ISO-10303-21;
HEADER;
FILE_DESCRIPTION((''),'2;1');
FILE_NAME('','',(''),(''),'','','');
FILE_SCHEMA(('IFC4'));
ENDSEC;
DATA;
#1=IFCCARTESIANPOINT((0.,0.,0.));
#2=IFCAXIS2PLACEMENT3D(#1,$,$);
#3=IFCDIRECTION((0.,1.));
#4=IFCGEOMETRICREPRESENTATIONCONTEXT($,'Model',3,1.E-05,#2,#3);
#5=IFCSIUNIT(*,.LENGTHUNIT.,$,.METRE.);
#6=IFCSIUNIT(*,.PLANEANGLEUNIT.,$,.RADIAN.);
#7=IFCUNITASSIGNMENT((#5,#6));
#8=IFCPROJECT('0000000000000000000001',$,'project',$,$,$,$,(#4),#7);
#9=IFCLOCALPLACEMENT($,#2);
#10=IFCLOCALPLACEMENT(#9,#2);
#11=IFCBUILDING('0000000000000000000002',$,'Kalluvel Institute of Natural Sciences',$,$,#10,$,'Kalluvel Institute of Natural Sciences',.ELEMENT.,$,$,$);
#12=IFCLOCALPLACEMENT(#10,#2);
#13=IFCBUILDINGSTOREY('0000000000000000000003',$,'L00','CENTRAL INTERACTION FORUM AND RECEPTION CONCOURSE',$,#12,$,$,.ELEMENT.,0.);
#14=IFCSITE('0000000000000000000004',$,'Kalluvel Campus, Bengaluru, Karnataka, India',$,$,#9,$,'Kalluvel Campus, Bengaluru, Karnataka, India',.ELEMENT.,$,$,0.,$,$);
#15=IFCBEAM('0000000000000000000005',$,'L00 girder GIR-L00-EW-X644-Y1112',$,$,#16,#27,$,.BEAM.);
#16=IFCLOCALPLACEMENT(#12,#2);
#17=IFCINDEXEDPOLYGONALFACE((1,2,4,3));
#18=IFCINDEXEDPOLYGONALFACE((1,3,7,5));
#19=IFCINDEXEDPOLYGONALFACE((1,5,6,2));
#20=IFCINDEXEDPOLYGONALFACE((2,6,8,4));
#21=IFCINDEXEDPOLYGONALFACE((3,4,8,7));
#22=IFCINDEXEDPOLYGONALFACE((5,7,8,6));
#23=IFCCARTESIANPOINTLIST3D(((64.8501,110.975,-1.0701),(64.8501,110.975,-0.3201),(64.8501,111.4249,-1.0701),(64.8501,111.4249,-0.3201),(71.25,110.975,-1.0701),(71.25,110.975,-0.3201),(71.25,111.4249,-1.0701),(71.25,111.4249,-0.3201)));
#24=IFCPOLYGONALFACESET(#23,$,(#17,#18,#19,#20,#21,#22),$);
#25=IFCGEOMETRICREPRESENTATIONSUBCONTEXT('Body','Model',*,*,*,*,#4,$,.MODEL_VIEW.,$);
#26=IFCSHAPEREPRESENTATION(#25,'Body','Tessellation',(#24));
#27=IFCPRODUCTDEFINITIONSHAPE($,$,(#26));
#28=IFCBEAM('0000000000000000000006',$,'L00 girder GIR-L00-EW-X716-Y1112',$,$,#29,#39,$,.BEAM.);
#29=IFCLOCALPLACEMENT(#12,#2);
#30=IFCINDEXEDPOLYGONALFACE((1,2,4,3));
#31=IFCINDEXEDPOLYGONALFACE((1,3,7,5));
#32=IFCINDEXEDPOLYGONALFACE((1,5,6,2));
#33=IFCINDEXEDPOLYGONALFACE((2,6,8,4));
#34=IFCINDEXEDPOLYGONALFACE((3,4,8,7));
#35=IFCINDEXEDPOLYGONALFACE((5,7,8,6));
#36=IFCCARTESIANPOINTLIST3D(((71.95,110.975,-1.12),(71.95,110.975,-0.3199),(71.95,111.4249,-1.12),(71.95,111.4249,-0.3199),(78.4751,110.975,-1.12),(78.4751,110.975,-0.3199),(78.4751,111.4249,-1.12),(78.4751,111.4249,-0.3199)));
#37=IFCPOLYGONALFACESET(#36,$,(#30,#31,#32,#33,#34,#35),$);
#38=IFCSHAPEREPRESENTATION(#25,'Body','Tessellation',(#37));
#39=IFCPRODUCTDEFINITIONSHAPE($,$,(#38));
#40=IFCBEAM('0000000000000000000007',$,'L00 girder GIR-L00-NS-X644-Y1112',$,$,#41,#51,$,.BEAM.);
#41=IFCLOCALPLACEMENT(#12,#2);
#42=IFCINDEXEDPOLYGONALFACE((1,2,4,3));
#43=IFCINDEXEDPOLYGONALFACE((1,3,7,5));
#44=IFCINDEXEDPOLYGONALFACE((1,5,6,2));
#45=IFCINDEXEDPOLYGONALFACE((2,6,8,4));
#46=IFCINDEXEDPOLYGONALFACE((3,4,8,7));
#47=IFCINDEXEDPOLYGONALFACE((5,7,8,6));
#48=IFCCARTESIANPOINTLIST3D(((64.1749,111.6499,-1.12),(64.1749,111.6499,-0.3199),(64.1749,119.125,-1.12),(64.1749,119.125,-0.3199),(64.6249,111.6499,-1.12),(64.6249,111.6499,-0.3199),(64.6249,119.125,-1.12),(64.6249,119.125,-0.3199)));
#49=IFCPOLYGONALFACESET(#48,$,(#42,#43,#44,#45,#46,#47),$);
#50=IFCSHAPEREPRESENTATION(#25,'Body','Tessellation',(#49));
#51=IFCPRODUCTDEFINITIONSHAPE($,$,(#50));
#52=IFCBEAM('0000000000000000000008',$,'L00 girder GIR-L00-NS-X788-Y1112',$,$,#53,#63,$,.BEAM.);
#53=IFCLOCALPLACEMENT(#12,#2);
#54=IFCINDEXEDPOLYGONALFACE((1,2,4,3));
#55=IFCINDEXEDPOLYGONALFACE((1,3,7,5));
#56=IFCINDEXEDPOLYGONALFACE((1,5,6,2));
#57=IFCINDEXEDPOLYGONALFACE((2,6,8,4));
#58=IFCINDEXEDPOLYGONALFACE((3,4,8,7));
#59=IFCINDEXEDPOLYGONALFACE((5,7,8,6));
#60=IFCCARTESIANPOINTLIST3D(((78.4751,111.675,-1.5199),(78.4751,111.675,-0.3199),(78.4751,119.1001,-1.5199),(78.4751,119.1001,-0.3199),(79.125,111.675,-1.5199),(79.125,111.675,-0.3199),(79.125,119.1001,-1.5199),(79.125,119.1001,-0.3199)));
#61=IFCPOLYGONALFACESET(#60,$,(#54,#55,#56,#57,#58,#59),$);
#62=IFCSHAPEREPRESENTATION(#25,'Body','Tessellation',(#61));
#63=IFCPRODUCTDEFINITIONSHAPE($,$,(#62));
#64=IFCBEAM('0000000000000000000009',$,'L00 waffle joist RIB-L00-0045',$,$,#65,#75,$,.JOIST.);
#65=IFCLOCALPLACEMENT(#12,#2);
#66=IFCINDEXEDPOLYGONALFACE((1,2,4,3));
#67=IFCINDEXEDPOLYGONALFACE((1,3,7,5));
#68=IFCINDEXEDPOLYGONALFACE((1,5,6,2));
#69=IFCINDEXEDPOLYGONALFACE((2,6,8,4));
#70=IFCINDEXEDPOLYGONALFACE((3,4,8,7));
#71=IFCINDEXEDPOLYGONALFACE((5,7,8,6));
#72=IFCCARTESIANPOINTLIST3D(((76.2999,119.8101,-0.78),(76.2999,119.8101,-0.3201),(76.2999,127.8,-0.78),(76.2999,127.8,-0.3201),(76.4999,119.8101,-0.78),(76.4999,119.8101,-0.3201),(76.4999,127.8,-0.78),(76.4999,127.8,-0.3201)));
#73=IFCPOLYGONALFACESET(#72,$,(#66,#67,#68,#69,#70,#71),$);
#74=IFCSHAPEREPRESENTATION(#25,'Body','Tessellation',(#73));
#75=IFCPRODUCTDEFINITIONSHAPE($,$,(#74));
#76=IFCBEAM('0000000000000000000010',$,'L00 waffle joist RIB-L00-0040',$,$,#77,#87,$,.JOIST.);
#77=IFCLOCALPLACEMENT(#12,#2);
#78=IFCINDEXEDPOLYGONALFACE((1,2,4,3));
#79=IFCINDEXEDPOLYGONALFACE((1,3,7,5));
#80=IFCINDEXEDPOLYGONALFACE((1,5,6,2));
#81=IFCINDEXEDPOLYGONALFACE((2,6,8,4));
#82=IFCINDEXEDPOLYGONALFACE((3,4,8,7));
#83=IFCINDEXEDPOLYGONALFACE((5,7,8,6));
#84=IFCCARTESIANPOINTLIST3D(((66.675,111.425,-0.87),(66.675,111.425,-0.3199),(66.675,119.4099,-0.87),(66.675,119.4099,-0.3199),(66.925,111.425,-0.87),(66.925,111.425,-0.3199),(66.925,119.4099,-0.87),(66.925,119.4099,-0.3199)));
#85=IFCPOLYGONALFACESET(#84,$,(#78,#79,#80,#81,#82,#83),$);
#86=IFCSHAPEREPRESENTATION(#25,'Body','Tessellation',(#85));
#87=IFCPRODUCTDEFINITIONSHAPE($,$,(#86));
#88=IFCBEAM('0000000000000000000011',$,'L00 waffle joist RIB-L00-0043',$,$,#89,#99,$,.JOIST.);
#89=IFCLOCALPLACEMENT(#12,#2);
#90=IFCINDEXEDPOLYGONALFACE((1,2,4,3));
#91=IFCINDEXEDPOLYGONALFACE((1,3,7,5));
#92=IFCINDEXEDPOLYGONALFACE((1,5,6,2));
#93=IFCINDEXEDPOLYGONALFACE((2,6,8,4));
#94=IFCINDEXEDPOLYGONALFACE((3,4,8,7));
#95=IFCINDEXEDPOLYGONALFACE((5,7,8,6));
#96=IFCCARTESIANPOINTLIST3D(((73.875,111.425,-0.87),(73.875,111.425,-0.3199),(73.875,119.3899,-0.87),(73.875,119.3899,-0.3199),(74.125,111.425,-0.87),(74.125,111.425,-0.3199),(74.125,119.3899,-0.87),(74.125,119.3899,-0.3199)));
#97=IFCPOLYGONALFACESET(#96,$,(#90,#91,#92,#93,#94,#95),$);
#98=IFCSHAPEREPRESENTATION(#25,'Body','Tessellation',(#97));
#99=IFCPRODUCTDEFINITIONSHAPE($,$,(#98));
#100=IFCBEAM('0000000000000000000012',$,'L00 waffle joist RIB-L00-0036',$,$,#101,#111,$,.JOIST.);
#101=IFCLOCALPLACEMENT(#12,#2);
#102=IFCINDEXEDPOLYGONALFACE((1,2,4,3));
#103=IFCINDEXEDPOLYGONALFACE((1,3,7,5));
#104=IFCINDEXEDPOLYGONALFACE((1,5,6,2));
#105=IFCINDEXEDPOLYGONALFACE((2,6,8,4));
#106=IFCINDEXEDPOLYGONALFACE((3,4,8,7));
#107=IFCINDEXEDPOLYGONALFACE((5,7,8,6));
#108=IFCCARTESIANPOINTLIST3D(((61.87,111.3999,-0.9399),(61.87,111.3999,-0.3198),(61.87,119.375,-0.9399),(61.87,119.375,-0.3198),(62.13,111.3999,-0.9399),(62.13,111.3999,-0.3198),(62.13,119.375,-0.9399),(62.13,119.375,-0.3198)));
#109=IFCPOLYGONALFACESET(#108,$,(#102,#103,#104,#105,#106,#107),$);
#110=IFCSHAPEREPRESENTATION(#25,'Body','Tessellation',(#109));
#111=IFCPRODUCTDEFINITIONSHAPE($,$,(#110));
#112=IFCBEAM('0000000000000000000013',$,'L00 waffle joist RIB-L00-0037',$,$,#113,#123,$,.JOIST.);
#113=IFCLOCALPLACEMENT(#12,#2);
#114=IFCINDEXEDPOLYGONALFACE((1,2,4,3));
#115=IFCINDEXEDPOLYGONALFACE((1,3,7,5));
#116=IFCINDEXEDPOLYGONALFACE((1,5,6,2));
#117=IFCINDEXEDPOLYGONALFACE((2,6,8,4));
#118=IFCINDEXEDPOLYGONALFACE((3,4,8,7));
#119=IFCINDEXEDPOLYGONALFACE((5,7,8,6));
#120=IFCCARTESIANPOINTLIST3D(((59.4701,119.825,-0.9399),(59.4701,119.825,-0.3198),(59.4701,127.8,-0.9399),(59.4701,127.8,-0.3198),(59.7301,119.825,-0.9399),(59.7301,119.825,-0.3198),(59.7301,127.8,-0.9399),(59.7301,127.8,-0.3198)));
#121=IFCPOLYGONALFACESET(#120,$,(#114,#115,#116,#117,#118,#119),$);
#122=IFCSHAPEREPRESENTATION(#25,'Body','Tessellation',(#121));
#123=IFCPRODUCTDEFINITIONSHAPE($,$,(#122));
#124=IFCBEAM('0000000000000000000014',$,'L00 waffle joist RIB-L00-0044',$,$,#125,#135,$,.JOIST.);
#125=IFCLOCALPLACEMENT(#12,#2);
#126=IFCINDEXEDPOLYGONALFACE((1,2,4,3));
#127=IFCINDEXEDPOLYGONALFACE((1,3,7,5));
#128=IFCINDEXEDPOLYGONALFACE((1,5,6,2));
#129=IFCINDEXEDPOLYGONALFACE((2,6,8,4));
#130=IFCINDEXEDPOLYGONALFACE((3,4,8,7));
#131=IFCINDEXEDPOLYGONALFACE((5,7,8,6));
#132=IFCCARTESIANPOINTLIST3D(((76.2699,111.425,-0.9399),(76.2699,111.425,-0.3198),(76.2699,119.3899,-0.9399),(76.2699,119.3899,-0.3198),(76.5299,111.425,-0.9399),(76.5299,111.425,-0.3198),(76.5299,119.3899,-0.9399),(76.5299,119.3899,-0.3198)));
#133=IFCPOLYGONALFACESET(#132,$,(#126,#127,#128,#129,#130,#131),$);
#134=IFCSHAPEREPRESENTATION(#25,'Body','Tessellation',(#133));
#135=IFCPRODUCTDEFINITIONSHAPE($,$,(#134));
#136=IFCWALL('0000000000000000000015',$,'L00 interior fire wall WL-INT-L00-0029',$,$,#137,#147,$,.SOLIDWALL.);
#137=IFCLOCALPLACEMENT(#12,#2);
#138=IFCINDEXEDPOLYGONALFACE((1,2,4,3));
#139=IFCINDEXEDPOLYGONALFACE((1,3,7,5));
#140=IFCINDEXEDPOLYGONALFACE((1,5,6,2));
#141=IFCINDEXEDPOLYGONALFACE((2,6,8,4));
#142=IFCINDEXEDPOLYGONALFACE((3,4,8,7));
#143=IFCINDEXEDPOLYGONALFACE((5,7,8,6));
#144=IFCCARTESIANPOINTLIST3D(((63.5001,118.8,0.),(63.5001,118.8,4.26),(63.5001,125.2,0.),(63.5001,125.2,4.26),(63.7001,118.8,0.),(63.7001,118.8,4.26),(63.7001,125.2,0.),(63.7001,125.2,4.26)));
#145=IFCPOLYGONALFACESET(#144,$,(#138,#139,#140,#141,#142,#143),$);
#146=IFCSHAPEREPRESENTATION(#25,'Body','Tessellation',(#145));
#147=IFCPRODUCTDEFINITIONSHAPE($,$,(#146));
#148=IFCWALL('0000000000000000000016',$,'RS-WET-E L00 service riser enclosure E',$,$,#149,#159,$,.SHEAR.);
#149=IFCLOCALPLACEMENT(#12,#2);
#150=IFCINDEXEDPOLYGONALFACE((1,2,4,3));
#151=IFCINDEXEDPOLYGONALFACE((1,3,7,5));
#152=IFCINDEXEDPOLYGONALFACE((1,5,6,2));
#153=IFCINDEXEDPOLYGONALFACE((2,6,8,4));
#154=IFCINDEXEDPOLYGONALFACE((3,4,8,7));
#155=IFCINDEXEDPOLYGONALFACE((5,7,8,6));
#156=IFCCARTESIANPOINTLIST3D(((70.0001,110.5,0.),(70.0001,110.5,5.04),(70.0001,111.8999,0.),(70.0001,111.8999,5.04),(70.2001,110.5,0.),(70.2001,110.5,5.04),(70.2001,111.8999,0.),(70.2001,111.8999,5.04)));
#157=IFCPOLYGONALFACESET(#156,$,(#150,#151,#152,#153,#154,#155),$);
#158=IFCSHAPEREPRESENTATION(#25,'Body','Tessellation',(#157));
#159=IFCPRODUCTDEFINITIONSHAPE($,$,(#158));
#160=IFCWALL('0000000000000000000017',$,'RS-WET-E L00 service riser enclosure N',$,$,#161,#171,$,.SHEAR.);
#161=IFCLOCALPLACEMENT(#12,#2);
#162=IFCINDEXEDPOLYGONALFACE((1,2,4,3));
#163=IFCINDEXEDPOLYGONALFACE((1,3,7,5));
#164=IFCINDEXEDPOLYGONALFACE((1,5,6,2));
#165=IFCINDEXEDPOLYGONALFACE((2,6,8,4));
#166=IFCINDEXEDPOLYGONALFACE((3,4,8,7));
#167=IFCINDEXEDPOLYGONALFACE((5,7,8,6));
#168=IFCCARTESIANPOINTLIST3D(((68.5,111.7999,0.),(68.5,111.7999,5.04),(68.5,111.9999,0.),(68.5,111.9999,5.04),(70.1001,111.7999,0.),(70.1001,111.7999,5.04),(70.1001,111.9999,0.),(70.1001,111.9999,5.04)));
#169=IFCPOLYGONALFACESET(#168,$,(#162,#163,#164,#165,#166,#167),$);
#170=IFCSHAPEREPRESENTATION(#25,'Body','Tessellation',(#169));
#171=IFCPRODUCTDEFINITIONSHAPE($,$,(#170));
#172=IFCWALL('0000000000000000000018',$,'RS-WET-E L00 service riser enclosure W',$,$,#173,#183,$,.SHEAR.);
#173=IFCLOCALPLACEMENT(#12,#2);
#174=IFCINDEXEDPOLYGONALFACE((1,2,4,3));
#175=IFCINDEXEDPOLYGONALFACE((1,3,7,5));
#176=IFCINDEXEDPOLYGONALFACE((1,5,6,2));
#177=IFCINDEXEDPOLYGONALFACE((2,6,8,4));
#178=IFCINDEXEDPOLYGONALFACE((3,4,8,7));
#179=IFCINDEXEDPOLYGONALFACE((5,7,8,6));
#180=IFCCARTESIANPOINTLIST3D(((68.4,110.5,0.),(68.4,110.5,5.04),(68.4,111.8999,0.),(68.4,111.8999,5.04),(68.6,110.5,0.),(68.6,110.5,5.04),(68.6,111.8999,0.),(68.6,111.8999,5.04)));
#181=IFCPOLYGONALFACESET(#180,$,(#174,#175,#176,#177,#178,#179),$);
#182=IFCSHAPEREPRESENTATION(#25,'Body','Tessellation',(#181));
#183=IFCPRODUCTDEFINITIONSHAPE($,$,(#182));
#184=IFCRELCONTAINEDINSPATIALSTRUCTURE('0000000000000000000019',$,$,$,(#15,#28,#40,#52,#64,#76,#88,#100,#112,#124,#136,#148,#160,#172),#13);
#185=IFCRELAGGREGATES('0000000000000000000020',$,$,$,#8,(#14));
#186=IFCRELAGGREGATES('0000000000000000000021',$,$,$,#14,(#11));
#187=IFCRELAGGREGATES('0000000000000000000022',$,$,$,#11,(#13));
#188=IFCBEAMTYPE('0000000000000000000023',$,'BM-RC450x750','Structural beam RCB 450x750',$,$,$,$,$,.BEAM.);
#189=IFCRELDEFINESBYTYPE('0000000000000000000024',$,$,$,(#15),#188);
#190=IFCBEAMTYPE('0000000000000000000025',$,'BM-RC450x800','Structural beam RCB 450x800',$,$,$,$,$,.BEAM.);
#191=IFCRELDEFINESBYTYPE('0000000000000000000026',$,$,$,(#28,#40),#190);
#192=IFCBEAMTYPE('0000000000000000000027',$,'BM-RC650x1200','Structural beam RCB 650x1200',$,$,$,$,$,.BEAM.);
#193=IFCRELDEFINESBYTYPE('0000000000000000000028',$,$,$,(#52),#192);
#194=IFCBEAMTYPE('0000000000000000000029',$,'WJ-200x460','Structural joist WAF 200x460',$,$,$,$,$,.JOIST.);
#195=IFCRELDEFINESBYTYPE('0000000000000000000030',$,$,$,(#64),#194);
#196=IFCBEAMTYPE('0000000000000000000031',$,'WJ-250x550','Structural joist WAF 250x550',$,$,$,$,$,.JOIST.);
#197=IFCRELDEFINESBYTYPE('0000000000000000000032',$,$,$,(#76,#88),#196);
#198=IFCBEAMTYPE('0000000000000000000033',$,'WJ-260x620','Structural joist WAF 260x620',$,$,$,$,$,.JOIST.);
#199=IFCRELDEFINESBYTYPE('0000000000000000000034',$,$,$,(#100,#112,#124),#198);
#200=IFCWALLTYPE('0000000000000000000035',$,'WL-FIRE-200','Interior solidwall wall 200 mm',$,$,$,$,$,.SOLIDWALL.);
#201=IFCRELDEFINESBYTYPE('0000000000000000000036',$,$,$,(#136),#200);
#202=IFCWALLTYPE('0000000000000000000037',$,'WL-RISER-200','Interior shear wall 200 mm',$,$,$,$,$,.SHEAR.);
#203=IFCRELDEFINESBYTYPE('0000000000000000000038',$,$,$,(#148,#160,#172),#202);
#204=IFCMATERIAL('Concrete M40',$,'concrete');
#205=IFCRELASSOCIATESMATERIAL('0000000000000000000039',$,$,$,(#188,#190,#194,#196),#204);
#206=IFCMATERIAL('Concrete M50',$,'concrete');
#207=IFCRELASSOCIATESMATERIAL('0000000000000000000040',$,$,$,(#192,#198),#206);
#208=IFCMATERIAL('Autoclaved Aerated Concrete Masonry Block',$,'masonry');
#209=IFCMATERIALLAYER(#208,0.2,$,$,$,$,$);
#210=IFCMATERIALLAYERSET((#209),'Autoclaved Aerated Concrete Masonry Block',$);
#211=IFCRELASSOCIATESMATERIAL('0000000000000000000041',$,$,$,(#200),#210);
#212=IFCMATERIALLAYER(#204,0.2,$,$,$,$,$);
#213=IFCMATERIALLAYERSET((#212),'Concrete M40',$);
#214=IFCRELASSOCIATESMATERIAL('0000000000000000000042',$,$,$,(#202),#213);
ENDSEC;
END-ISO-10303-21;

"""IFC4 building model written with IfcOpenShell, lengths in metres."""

from ifc_helpers import new_model, si_unit, direction, frame, frame_2d, origin, origin_2d, place, context, subcontext, project, spatial, rectangle, extrude, material, layer, layer_set, material_profile, profile_set, type_object, element, save


model = new_model("IFC4")

# Units and contexts
model_context = context("Model", 3, precision=1e-05, world=origin(), true_north=direction((0.0, 1.0)))
body_context = subcontext(model_context, "Body", "Model", "MODEL_VIEW")
ifc_project = project(units=[si_unit("LENGTHUNIT", "METRE"), si_unit("PLANEANGLEUNIT", "RADIAN")], contexts=[model_context])

# Site, building, storey
site_placement = place(None, origin())
site = spatial("IfcSite", under=ifc_project, at=site_placement, Name="Kalluvel Campus, Bengaluru, Karnataka, India", LongName="Kalluvel Campus, Bengaluru, Karnataka, India", CompositionType="ELEMENT", RefElevation=0.0)
building_placement = place(site_placement, origin())
building = spatial("IfcBuilding", under=site, at=building_placement, Name="Kalluvel Institute of Natural Sciences", LongName="Kalluvel Institute of Natural Sciences", CompositionType="ELEMENT")
storey_placement = place(building_placement, origin())
storey = spatial("IfcBuildingStorey", under=building, at=storey_placement, Name="L00", Description="CENTRAL INTERACTION FORUM AND RECEPTION CONCOURSE", CompositionType="ELEMENT", Elevation=0.0)

# Shared definitions
ifc_material_1 = material(Name="Concrete M50", Category="concrete")

# Beams
ifc_material_2 = material(Name="Concrete M40", Category="concrete")
ifc_material_profile_1 = material_profile(ifc_material_2, rectangle(XDim=0.45, YDim=0.75, at=origin_2d()), Name="RCB 450x750")
ifc_profile_set_1 = profile_set([ifc_material_profile_1], Name="Concrete M40")
beam_type_1 = type_object("IfcBeamType", Name="BM-RC450x750", Description="Structural beam RCB 450x750", PredefinedType="BEAM", material=ifc_profile_set_1)
beam_1_placement = place(storey_placement, frame((64.8501, 111.2, -0.6951), z_axis=(1.0, 0.0, 0.0), x_axis=(0.0, 1.0, 0.0)))
element("IfcBeam", 1, at=beam_1_placement, inside=storey, type_object=beam_type_1, Name="L00 girder GIR-L00-EW-X644-Y1112", PredefinedType="BEAM", context=body_context, shape_type="SweptSolid", body=[
    extrude(rectangle(XDim=0.45, YDim=0.75, at=origin_2d()), origin(), (0.0, 0.0, 1.0), 6.3999),
])
ifc_material_profile_2 = material_profile(ifc_material_2, rectangle(XDim=0.45, YDim=0.8, at=origin_2d()), Name="RCB 450x800")
ifc_profile_set_2 = profile_set([ifc_material_profile_2], Name="Concrete M40")
beam_type_2 = type_object("IfcBeamType", Name="BM-RC450x800", Description="Structural beam RCB 450x800", PredefinedType="BEAM", material=ifc_profile_set_2)
beam_2_placement = place(storey_placement, frame((71.95, 111.2, -0.72), z_axis=(1.0, 0.0, 0.0), x_axis=(0.0, 1.0, 0.0)))
element("IfcBeam", 2, at=beam_2_placement, inside=storey, type_object=beam_type_2, Name="L00 girder GIR-L00-EW-X716-Y1112", PredefinedType="BEAM", context=body_context, shape_type="SweptSolid", body=[
    extrude(rectangle(XDim=0.45, YDim=0.8, at=origin_2d()), origin(), (0.0, 0.0, 1.0), 6.5251),
])
beam_3_placement = place(storey_placement, frame((64.3999, 111.6499, -0.72), z_axis=(0.0, 1.0, 0.0), x_axis=(-1.0, 0.0, 0.0)))
element("IfcBeam", 3, at=beam_3_placement, inside=storey, type_object=beam_type_2, Name="L00 girder GIR-L00-NS-X644-Y1112", PredefinedType="BEAM", context=body_context, shape_type="SweptSolid", body=[
    extrude(rectangle(XDim=0.45, YDim=0.8, at=origin_2d()), origin(), (0.0, 0.0, 1.0), 7.4751),
])
ifc_material_profile_3 = material_profile(ifc_material_1, rectangle(XDim=0.6499, YDim=1.2, at=origin_2d()), Name="RCB 650x1200")
ifc_profile_set_3 = profile_set([ifc_material_profile_3], Name="Concrete M50")
beam_type_3 = type_object("IfcBeamType", Name="BM-RC650x1200", Description="Structural beam RCB 650x1200", PredefinedType="BEAM", material=ifc_profile_set_3)
beam_4_placement = place(storey_placement, frame((78.8, 111.675, -0.9199), z_axis=(0.0, 1.0, 0.0), x_axis=(-1.0, 0.0, 0.0)))
element("IfcBeam", 4, at=beam_4_placement, inside=storey, type_object=beam_type_3, Name="L00 girder GIR-L00-NS-X788-Y1112", PredefinedType="BEAM", context=body_context, shape_type="SweptSolid", body=[
    extrude(rectangle(XDim=0.6499, YDim=1.2, at=origin_2d()), origin(), (0.0, 0.0, 1.0), 7.425),
])
ifc_material_profile_4 = material_profile(ifc_material_2, rectangle(XDim=0.2, YDim=0.46, at=origin_2d()), Name="WAF 200x460")
ifc_profile_set_4 = profile_set([ifc_material_profile_4], Name="Concrete M40")
beam_type_4 = type_object("IfcBeamType", Name="WJ-200x460", Description="Structural joist WAF 200x460", PredefinedType="JOIST", material=ifc_profile_set_4)
beam_5_placement = place(storey_placement, frame((76.3999, 119.8101, -0.55), z_axis=(0.0, 1.0, 0.0), x_axis=(-1.0, 0.0, 0.0)))
element("IfcBeam", 5, at=beam_5_placement, inside=storey, type_object=beam_type_4, Name="L00 waffle joist RIB-L00-0045", PredefinedType="JOIST", context=body_context, shape_type="SweptSolid", body=[
    extrude(rectangle(XDim=0.2, YDim=0.46, at=origin_2d()), origin(), (0.0, 0.0, 1.0), 7.99),
])
ifc_material_profile_5 = material_profile(ifc_material_2, rectangle(XDim=0.25, YDim=0.55, at=origin_2d()), Name="WAF 250x550")
ifc_profile_set_5 = profile_set([ifc_material_profile_5], Name="Concrete M40")
beam_type_5 = type_object("IfcBeamType", Name="WJ-250x550", Description="Structural joist WAF 250x550", PredefinedType="JOIST", material=ifc_profile_set_5)
beam_6_placement = place(storey_placement, frame((66.8, 111.425, -0.595), z_axis=(0.0, 1.0, 0.0), x_axis=(-1.0, 0.0, 0.0)))
element("IfcBeam", 6, at=beam_6_placement, inside=storey, type_object=beam_type_5, Name="L00 waffle joist RIB-L00-0040", PredefinedType="JOIST", context=body_context, shape_type="SweptSolid", body=[
    extrude(rectangle(XDim=0.25, YDim=0.55, at=origin_2d()), origin(), (0.0, 0.0, 1.0), 7.9849),
])
beam_7_placement = place(storey_placement, frame((74.0, 111.425, -0.595), z_axis=(0.0, 1.0, 0.0), x_axis=(-1.0, 0.0, 0.0)))
element("IfcBeam", 7, at=beam_7_placement, inside=storey, type_object=beam_type_5, Name="L00 waffle joist RIB-L00-0043", PredefinedType="JOIST", context=body_context, shape_type="SweptSolid", body=[
    extrude(rectangle(XDim=0.25, YDim=0.55, at=origin_2d()), origin(), (0.0, 0.0, 1.0), 7.9648),
])
ifc_material_profile_6 = material_profile(ifc_material_1, rectangle(XDim=0.26, YDim=0.6201, at=origin_2d()), Name="WAF 260x620")
ifc_profile_set_6 = profile_set([ifc_material_profile_6], Name="Concrete M50")
beam_type_6 = type_object("IfcBeamType", Name="WJ-260x620", Description="Structural joist WAF 260x620", PredefinedType="JOIST", material=ifc_profile_set_6)
for number, where, z_axis, x_axis, name in (
    (8, (62.0, 111.3999, -0.6299), (0.0, 1.0, 0.0), (-1.0, 0.0, 0.0), "L00 waffle joist RIB-L00-0036"),
    (9, (59.6001, 119.825, -0.6299), (0.0, 1.0, 0.0), (-1.0, 0.0, 0.0), "L00 waffle joist RIB-L00-0037"),
):
    element("IfcBeam", number, at=place(storey_placement, frame(where, z_axis=z_axis, x_axis=x_axis)), inside=storey, type_object=beam_type_6, Name=name, PredefinedType="JOIST", context=body_context, shape_type="SweptSolid", body=[
        extrude(rectangle(XDim=0.26, YDim=0.6201, at=origin_2d()), origin(), (0.0, 0.0, 1.0), 7.9751),
    ])
beam_8_placement = place(storey_placement, frame((76.3999, 111.425, -0.6299), z_axis=(0.0, 1.0, 0.0), x_axis=(-1.0, 0.0, 0.0)))
element("IfcBeam", 10, at=beam_8_placement, inside=storey, type_object=beam_type_6, Name="L00 waffle joist RIB-L00-0044", PredefinedType="JOIST", context=body_context, shape_type="SweptSolid", body=[
    extrude(rectangle(XDim=0.26, YDim=0.6201, at=origin_2d()), origin(), (0.0, 0.0, 1.0), 7.9648),
])

# Walls
ifc_material_3 = material(Name="Autoclaved Aerated Concrete Masonry Block", Category="masonry")
ifc_layer_1 = layer(ifc_material_3, 0.2)
ifc_layer_set_1 = layer_set([ifc_layer_1], Name="Autoclaved Aerated Concrete Masonry Block")
wall_type_1 = type_object("IfcWallType", Name="WL-FIRE-200", Description="Interior solidwall wall 200 mm", PredefinedType="SOLIDWALL", material=ifc_layer_set_1)
wall_1_placement = place(storey_placement, frame((63.6001, 118.8, 0.0), z_axis=(0.0, 0.0, 1.0), x_axis=(0.0, 1.0, 0.0)))
element("IfcWall", 11, at=wall_1_placement, inside=storey, type_object=wall_type_1, Name="L00 interior fire wall WL-INT-L00-0029", PredefinedType="SOLIDWALL", context=body_context, shape_type="SweptSolid", body=[
    extrude(rectangle(XDim=6.3999, YDim=0.2, at=frame_2d((3.2, 0.0))), origin(), (0.0, 0.0, 1.0), 4.26),
])
ifc_layer_2 = layer(ifc_material_2, 0.2)
ifc_layer_set_2 = layer_set([ifc_layer_2], Name="Concrete M40")
wall_type_2 = type_object("IfcWallType", Name="WL-RISER-200", Description="Interior shear wall 200 mm", PredefinedType="SHEAR", material=ifc_layer_set_2)
wall_2_placement = place(storey_placement, frame((70.1001, 110.5, 0.0), z_axis=(0.0, 0.0, 1.0), x_axis=(0.0, 1.0, 0.0)))
element("IfcWall", 12, at=wall_2_placement, inside=storey, type_object=wall_type_2, Name="RS-WET-E L00 service riser enclosure E", PredefinedType="SHEAR", context=body_context, shape_type="SweptSolid", body=[
    extrude(rectangle(XDim=1.3999, YDim=0.2, at=frame_2d((0.7, 0.0))), origin(), (0.0, 0.0, 1.0), 5.04),
])
wall_3_placement = place(storey_placement, frame((70.1001, 111.8999, 0.0), z_axis=(0.0, 0.0, 1.0), x_axis=(-1.0, 0.0, 0.0)))
element("IfcWall", 13, at=wall_3_placement, inside=storey, type_object=wall_type_2, Name="RS-WET-E L00 service riser enclosure N", PredefinedType="SHEAR", context=body_context, shape_type="SweptSolid", body=[
    extrude(rectangle(XDim=1.6001, YDim=0.2, at=frame_2d((0.8, 0.0))), origin(), (0.0, 0.0, 1.0), 5.04),
])
wall_4_placement = place(storey_placement, frame((68.5, 111.8999, 0.0), z_axis=(0.0, 0.0, 1.0), x_axis=(0.0, -1.0, 0.0)))
element("IfcWall", 14, at=wall_4_placement, inside=storey, type_object=wall_type_2, Name="RS-WET-E L00 service riser enclosure W", PredefinedType="SHEAR", context=body_context, shape_type="SweptSolid", body=[
    extrude(rectangle(XDim=1.3999, YDim=0.2, at=frame_2d((0.7, 0.0))), origin(), (0.0, 0.0, 1.0), 5.04),
])

save(model, "model.ifc")
